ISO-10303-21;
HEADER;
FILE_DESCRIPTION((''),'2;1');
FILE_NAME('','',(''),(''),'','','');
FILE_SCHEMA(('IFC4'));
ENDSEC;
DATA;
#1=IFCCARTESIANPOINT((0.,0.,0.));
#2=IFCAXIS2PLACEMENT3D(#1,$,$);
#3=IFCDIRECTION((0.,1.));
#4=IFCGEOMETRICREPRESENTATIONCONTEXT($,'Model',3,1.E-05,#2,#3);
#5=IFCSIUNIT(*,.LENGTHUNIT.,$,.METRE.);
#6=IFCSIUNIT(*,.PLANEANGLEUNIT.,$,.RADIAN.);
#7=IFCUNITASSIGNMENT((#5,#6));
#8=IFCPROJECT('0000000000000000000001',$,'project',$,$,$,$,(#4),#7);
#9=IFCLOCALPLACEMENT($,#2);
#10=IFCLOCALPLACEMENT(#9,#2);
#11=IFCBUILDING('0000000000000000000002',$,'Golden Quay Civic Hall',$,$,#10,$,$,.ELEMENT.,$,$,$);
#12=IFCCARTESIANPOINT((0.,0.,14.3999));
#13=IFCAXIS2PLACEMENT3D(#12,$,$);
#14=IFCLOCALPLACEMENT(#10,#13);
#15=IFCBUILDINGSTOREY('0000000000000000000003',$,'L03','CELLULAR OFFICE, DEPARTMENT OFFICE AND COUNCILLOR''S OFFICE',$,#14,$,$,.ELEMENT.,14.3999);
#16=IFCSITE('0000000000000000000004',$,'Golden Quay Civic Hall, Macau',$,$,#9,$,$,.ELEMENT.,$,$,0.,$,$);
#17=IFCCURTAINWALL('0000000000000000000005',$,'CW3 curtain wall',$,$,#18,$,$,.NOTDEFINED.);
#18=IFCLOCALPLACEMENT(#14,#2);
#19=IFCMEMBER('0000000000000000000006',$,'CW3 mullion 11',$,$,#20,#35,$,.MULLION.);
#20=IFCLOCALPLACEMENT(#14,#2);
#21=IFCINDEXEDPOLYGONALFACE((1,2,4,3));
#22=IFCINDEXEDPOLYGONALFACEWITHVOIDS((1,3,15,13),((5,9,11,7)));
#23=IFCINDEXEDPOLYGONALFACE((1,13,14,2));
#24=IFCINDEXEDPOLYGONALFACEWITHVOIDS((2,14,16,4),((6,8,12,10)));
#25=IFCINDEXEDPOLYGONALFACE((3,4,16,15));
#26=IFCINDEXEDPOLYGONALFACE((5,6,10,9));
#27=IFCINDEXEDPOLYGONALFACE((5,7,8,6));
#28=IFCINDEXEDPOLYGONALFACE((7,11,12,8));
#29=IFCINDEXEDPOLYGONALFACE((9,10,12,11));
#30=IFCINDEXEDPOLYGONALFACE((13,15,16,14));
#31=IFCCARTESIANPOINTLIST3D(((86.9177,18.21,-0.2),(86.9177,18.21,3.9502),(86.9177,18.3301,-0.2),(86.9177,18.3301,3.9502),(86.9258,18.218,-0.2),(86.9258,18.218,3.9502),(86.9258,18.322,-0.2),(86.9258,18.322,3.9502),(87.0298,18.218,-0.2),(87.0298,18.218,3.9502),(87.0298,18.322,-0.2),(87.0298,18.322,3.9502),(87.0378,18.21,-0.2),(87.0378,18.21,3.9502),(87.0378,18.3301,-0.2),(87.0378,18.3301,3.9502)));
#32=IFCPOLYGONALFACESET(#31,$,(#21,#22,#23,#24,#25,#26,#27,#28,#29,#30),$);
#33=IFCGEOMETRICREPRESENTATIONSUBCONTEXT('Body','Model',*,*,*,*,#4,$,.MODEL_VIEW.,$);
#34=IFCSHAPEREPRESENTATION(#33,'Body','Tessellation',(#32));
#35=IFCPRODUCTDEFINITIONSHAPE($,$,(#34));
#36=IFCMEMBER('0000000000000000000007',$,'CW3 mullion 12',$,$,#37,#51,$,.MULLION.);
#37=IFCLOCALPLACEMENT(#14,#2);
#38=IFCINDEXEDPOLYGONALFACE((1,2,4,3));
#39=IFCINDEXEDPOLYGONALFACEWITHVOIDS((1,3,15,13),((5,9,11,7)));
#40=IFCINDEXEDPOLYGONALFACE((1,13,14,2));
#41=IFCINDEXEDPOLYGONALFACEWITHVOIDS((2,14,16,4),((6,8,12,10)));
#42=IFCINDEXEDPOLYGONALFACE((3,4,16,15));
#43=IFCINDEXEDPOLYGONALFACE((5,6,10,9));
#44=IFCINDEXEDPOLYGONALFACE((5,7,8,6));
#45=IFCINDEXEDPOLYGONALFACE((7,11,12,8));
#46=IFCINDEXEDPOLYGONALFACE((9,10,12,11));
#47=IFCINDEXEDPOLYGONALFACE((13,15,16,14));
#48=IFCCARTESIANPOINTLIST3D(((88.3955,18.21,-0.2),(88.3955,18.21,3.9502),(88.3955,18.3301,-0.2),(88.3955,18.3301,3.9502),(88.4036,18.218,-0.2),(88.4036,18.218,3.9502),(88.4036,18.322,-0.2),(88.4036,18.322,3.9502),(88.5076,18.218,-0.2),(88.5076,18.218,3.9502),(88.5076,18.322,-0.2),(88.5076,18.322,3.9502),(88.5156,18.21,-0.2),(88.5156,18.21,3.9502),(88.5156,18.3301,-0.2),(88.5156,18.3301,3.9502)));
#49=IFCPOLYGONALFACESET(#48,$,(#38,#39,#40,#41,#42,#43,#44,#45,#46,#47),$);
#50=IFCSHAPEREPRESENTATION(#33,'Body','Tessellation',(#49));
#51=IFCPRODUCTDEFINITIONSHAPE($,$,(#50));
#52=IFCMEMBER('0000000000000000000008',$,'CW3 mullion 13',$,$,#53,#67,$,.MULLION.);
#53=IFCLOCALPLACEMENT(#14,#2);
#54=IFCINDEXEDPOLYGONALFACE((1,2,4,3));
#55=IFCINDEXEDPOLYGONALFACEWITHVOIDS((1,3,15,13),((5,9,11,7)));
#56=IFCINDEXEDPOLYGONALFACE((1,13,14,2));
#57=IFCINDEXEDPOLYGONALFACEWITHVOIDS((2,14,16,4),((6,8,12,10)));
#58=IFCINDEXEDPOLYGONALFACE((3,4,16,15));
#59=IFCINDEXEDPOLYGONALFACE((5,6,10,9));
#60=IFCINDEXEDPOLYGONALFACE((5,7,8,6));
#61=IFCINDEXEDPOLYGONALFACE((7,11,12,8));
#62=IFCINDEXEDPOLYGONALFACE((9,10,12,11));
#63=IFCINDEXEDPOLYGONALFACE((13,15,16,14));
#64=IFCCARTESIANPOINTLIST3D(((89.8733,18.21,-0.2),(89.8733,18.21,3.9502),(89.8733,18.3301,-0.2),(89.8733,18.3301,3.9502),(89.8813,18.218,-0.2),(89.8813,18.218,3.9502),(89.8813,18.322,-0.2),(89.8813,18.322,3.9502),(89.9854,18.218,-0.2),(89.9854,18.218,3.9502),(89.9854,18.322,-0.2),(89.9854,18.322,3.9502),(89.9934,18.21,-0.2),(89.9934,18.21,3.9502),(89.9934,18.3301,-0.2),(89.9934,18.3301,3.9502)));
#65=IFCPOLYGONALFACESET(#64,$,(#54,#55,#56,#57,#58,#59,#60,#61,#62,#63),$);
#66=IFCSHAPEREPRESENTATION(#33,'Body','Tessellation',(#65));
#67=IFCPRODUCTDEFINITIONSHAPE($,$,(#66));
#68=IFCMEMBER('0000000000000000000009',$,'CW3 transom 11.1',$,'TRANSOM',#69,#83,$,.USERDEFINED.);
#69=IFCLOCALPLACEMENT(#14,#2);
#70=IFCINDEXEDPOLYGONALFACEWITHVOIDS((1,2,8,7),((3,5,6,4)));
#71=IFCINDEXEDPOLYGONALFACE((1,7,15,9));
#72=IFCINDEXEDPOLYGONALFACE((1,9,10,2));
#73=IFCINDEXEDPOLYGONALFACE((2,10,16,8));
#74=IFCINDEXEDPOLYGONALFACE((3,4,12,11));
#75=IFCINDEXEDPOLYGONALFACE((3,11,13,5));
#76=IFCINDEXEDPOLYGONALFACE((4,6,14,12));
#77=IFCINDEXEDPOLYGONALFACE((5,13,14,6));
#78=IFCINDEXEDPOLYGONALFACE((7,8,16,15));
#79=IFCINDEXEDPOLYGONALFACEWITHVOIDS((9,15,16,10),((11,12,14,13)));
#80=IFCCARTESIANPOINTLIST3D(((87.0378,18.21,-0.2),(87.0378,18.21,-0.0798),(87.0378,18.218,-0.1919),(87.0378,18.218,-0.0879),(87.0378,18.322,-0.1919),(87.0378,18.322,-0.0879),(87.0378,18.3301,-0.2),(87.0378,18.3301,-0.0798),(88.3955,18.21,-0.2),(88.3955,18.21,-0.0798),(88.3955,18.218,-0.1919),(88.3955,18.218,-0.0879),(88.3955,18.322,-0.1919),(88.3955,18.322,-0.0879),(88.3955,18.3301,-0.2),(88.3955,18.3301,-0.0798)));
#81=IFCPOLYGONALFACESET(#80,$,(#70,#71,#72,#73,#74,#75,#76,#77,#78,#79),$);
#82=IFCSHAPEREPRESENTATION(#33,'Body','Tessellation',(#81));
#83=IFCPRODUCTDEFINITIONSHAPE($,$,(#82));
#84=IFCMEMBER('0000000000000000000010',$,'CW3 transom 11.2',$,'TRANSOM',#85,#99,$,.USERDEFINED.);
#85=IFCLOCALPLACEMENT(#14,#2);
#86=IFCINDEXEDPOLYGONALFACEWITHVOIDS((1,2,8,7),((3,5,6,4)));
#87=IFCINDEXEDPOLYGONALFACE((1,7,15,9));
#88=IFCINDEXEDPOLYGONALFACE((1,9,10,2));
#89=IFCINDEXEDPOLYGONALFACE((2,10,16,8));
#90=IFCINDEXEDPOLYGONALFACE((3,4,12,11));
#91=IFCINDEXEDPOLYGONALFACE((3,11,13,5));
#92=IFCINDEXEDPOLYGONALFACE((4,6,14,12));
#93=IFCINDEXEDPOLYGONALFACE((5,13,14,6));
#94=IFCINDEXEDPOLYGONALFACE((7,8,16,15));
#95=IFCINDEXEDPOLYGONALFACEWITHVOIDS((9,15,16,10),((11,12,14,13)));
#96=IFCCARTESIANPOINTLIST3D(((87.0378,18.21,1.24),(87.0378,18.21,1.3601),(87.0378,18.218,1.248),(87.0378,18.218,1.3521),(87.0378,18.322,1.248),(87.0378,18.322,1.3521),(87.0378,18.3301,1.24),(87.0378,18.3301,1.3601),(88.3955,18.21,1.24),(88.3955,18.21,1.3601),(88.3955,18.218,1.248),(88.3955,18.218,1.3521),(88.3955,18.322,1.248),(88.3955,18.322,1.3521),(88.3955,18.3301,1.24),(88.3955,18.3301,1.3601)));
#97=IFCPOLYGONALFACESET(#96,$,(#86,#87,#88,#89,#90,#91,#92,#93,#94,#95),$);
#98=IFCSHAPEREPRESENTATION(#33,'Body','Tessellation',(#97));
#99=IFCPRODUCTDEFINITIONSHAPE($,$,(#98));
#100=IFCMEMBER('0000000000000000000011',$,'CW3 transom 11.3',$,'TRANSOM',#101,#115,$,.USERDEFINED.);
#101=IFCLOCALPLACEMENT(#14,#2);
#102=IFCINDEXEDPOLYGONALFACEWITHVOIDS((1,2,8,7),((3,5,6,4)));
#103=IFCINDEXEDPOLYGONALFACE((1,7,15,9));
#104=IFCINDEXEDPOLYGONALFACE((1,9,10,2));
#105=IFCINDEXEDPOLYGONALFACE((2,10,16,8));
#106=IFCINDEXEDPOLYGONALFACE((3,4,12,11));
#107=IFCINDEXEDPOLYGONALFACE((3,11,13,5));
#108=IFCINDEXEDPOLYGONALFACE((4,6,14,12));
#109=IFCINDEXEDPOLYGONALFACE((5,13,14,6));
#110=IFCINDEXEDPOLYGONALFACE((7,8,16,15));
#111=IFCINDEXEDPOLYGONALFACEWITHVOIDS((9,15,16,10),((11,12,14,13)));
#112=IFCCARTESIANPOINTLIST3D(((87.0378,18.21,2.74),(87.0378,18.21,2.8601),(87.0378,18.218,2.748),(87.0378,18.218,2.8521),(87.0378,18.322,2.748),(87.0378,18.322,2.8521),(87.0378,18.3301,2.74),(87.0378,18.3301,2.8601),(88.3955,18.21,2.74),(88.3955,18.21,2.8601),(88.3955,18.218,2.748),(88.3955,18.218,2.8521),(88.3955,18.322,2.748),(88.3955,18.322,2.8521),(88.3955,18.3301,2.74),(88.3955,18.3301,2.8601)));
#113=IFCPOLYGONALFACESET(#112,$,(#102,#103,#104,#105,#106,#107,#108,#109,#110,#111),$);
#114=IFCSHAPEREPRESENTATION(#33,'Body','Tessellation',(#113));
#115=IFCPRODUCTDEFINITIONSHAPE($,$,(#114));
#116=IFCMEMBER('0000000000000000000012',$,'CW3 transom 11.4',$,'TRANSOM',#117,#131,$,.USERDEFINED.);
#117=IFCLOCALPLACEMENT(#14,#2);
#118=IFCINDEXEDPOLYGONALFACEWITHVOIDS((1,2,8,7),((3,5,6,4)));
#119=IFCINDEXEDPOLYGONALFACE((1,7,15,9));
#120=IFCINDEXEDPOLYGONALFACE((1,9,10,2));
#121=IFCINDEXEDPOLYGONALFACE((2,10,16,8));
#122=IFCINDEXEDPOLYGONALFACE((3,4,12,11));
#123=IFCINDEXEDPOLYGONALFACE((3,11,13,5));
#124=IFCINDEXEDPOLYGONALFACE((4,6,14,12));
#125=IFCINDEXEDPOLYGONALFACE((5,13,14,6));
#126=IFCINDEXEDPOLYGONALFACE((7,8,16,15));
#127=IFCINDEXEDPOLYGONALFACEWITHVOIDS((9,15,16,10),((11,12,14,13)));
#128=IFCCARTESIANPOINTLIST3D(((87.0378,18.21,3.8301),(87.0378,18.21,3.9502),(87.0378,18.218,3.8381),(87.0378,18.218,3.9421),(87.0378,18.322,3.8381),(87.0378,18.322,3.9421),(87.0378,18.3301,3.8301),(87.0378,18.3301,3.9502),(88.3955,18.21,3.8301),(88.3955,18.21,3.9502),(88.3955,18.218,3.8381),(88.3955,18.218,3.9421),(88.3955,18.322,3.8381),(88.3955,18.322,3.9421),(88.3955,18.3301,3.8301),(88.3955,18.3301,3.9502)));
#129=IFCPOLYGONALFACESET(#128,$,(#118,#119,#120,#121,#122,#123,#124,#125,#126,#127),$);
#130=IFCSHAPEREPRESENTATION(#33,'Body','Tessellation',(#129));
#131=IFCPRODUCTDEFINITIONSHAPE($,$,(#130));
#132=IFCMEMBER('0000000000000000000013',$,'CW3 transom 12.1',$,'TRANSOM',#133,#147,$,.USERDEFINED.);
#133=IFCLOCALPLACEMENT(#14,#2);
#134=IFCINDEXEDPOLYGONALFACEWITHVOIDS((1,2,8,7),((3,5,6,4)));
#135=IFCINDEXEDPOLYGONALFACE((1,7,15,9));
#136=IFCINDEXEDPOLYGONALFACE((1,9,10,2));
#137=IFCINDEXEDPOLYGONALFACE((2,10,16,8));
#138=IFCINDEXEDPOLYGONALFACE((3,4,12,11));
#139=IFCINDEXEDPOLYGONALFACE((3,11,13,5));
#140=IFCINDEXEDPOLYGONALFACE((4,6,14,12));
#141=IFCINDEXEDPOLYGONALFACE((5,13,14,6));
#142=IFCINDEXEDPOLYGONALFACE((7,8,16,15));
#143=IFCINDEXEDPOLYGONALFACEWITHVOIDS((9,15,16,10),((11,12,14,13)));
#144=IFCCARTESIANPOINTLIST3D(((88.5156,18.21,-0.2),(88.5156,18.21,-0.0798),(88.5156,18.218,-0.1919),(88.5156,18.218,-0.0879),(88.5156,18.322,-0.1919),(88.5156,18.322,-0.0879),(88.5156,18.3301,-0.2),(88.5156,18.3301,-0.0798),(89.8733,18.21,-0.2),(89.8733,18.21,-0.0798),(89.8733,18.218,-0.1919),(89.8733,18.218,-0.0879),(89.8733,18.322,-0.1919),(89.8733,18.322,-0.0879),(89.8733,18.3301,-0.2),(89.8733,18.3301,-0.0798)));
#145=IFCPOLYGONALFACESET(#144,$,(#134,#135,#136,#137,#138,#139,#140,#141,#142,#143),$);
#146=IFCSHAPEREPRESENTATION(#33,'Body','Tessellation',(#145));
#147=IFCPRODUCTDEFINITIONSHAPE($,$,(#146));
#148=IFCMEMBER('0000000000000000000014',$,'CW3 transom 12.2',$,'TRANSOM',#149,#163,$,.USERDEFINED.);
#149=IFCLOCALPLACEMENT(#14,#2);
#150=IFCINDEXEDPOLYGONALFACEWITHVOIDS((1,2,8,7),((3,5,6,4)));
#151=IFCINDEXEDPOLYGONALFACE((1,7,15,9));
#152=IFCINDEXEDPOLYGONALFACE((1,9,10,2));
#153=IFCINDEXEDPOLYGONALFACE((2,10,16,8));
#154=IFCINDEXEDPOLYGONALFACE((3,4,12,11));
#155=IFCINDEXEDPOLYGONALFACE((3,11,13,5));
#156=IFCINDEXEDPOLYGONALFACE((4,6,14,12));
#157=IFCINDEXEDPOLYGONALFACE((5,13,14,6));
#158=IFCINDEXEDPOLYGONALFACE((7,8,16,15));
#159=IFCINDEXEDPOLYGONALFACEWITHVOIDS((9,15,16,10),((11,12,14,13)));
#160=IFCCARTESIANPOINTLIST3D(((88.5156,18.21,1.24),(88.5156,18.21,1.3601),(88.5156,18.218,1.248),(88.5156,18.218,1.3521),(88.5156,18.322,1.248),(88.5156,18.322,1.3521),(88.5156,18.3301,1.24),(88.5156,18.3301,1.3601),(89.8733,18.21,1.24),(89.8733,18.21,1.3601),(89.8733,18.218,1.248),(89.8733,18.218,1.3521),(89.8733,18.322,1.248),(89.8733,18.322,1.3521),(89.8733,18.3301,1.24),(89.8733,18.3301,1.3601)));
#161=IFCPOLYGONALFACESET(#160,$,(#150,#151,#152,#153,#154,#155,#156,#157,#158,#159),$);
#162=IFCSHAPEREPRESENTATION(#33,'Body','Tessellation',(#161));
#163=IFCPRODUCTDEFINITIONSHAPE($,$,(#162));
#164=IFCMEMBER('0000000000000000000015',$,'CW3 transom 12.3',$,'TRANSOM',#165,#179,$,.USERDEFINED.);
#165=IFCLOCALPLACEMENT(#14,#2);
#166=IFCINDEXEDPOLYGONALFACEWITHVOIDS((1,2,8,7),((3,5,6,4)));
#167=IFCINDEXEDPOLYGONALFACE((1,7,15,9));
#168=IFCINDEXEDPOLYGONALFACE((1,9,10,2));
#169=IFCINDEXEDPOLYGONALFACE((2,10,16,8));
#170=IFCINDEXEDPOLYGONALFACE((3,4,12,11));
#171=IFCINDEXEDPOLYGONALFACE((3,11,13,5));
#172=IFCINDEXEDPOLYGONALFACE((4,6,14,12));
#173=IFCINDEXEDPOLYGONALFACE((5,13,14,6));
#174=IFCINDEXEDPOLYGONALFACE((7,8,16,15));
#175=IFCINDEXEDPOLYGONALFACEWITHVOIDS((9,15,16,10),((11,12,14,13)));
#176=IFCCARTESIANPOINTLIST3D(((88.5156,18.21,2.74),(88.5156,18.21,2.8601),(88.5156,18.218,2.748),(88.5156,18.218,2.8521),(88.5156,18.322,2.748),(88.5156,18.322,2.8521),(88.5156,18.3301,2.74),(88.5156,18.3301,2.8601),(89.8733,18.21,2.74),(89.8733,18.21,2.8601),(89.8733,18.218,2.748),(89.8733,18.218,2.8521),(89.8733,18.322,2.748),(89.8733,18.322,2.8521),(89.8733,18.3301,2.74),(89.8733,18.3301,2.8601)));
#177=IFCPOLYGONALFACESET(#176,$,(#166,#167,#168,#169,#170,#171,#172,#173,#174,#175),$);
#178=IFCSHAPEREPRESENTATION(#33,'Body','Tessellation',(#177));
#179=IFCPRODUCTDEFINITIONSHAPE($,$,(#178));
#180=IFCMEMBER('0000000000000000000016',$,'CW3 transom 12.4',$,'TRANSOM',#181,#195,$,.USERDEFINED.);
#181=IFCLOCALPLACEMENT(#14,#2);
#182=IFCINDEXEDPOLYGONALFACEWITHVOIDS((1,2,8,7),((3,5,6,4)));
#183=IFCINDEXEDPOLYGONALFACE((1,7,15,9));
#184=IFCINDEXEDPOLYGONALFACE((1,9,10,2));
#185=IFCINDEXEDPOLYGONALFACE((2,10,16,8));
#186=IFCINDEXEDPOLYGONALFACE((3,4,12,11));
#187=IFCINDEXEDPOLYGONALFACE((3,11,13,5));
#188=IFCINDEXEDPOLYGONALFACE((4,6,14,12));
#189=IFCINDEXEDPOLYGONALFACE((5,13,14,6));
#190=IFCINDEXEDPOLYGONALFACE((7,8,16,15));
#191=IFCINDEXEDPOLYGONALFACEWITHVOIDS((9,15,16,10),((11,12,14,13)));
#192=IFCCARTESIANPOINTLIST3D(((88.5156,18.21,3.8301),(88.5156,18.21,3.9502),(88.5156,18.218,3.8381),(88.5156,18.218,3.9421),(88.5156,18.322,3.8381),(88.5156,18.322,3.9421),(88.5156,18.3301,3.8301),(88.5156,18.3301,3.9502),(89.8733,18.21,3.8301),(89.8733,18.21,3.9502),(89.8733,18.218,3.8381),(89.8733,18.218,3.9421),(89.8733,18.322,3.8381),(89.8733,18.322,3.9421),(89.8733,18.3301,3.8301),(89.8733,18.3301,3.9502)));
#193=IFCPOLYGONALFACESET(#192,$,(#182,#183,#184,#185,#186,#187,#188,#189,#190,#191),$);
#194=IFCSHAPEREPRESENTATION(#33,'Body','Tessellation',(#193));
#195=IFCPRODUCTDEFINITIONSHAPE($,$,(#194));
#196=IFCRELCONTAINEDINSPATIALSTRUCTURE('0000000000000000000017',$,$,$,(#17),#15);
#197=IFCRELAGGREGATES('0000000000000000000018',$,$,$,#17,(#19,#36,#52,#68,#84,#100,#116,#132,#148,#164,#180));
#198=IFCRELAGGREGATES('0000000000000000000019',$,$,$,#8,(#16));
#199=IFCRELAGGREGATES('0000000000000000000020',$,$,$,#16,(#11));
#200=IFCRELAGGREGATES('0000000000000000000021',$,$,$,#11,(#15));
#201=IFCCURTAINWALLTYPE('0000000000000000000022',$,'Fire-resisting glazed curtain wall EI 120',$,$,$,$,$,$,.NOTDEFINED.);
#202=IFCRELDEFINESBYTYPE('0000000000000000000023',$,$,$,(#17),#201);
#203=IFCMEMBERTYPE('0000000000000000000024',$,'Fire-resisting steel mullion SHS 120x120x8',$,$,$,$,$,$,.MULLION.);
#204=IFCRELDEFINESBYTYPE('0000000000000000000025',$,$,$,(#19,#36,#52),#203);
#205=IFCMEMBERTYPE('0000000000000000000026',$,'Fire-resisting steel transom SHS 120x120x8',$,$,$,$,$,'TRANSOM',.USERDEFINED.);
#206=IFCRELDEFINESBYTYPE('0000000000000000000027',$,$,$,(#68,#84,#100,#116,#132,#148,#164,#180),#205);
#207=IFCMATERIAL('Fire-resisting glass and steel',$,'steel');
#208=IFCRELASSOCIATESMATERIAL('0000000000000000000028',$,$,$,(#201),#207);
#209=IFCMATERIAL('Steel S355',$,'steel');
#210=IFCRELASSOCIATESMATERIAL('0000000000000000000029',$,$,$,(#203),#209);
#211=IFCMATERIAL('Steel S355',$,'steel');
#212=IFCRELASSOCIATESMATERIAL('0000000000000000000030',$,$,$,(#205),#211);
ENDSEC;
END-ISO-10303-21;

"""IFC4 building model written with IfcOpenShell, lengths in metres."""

from ifc_helpers import new_model, si_unit, direction, frame, origin, origin_2d, place, context, subcontext, project, spatial, hollow_rectangle, extrude, material, material_profile, profile_set, type_object, element, aggregate, save


model = new_model("IFC4")

# Units and contexts
model_context = context("Model", 3, precision=1e-05, world=origin(), true_north=direction((0.0, 1.0)))
body_context = subcontext(model_context, "Body", "Model", "MODEL_VIEW")
ifc_project = project(units=[si_unit("LENGTHUNIT", "METRE"), si_unit("PLANEANGLEUNIT", "RADIAN")], contexts=[model_context])

# Site, building, storey
site_placement = place(None, origin())
site = spatial("IfcSite", under=ifc_project, at=site_placement, Name="Golden Quay Civic Hall, Macau", CompositionType="ELEMENT", RefElevation=0.0)
building_placement = place(site_placement, origin())
building = spatial("IfcBuilding", under=site, at=building_placement, Name="Golden Quay Civic Hall", CompositionType="ELEMENT")
storey_placement = place(building_placement, frame((0.0, 0.0, 14.3999)))
storey = spatial("IfcBuildingStorey", under=building, at=storey_placement, Name="L03", Description="CELLULAR OFFICE, DEPARTMENT OFFICE AND COUNCILLOR'S OFFICE", CompositionType="ELEMENT", Elevation=14.3999)

# Curtain wall, members
ifc_material_1 = material(Name="Fire-resisting glass and steel", Category="steel")
curtain_wall_type = type_object("IfcCurtainWallType", Name="Fire-resisting glazed curtain wall EI 120", PredefinedType="NOTDEFINED", material=ifc_material_1)
curtain_wall_placement = place(storey_placement, origin())
curtain_wall = element("IfcCurtainWall", 1, at=curtain_wall_placement, inside=storey, type_object=curtain_wall_type, Name="CW3 curtain wall", PredefinedType="NOTDEFINED")
ifc_material_2 = material(Name="Steel S355", Category="steel")
ifc_material_profile_1 = material_profile(ifc_material_2, hollow_rectangle(XDim=0.1201, YDim=0.1201, WallThickness=0.0081, at=origin_2d()), Name="SHS 120x120x8")
ifc_profile_set_1 = profile_set([ifc_material_profile_1], Name="Steel S355")
member_type_1 = type_object("IfcMemberType", Name="Fire-resisting steel mullion SHS 120x120x8", PredefinedType="MULLION", material=ifc_profile_set_1)
member_1_placement = place(storey_placement, frame((86.9778, 18.27, -0.2), z_axis=(0.0, 0.0, 1.0), x_axis=(0.0, 1.0, 0.0)))
member_1 = element("IfcMember", 2, at=member_1_placement, type_object=member_type_1, Name="CW3 mullion 11", PredefinedType="MULLION", context=body_context, shape_type="SweptSolid", body=[
    extrude(hollow_rectangle(XDim=0.1201, YDim=0.1201, WallThickness=0.0081, at=origin_2d()), origin(), (0.0, 0.0, 1.0), 4.1501),
])
member_2_placement = place(storey_placement, frame((88.4556, 18.27, -0.2), z_axis=(0.0, 0.0, 1.0), x_axis=(0.0, 1.0, 0.0)))
member_2 = element("IfcMember", 3, at=member_2_placement, type_object=member_type_1, Name="CW3 mullion 12", PredefinedType="MULLION", context=body_context, shape_type="SweptSolid", body=[
    extrude(hollow_rectangle(XDim=0.1201, YDim=0.1201, WallThickness=0.0081, at=origin_2d()), origin(), (0.0, 0.0, 1.0), 4.1501),
])
member_3_placement = place(storey_placement, frame((89.9333, 18.27, -0.2), z_axis=(0.0, 0.0, 1.0), x_axis=(0.0, 1.0, 0.0)))
member_3 = element("IfcMember", 4, at=member_3_placement, type_object=member_type_1, Name="CW3 mullion 13", PredefinedType="MULLION", context=body_context, shape_type="SweptSolid", body=[
    extrude(hollow_rectangle(XDim=0.1201, YDim=0.1201, WallThickness=0.0081, at=origin_2d()), origin(), (0.0, 0.0, 1.0), 4.1501),
])
ifc_material_3 = material(Name="Steel S355", Category="steel")
ifc_material_profile_2 = material_profile(ifc_material_3, hollow_rectangle(XDim=0.1201, YDim=0.1201, WallThickness=0.0081, at=origin_2d()), Name="SHS 120x120x8")
ifc_profile_set_2 = profile_set([ifc_material_profile_2], Name="Steel S355")
member_type_2 = type_object("IfcMemberType", Name="Fire-resisting steel transom SHS 120x120x8", ElementType="TRANSOM", PredefinedType="USERDEFINED", material=ifc_profile_set_2)
member_4_placement = place(storey_placement, frame((87.0378, 18.27, -0.1399), z_axis=(1.0, 0.0, 0.0), x_axis=(0.0, 1.0, 0.0)))
member_4 = element("IfcMember", 5, at=member_4_placement, type_object=member_type_2, Name="CW3 transom 11.1", ObjectType="TRANSOM", PredefinedType="USERDEFINED", context=body_context, shape_type="SweptSolid", body=[
    extrude(hollow_rectangle(XDim=0.1201, YDim=0.1201, WallThickness=0.0081, at=origin_2d()), origin(), (0.0, 0.0, 1.0), 1.3577),
])
member_5_placement = place(storey_placement, frame((87.0378, 18.27, 1.3), z_axis=(1.0, 0.0, 0.0), x_axis=(0.0, 1.0, 0.0)))
member_5 = element("IfcMember", 6, at=member_5_placement, type_object=member_type_2, Name="CW3 transom 11.2", ObjectType="TRANSOM", PredefinedType="USERDEFINED", context=body_context, shape_type="SweptSolid", body=[
    extrude(hollow_rectangle(XDim=0.1201, YDim=0.1201, WallThickness=0.0081, at=origin_2d()), origin(), (0.0, 0.0, 1.0), 1.3577),
])
member_6_placement = place(storey_placement, frame((87.0378, 18.27, 2.8), z_axis=(1.0, 0.0, 0.0), x_axis=(0.0, 1.0, 0.0)))
member_6 = element("IfcMember", 7, at=member_6_placement, type_object=member_type_2, Name="CW3 transom 11.3", ObjectType="TRANSOM", PredefinedType="USERDEFINED", context=body_context, shape_type="SweptSolid", body=[
    extrude(hollow_rectangle(XDim=0.1201, YDim=0.1201, WallThickness=0.0081, at=origin_2d()), origin(), (0.0, 0.0, 1.0), 1.3577),
])
member_7_placement = place(storey_placement, frame((87.0378, 18.27, 3.8901), z_axis=(1.0, 0.0, 0.0), x_axis=(0.0, 1.0, 0.0)))
member_7 = element("IfcMember", 8, at=member_7_placement, type_object=member_type_2, Name="CW3 transom 11.4", ObjectType="TRANSOM", PredefinedType="USERDEFINED", context=body_context, shape_type="SweptSolid", body=[
    extrude(hollow_rectangle(XDim=0.1201, YDim=0.1201, WallThickness=0.0081, at=origin_2d()), origin(), (0.0, 0.0, 1.0), 1.3577),
])
member_8_placement = place(storey_placement, frame((88.5156, 18.27, -0.1399), z_axis=(1.0, 0.0, 0.0), x_axis=(0.0, 1.0, 0.0)))
member_8 = element("IfcMember", 9, at=member_8_placement, type_object=member_type_2, Name="CW3 transom 12.1", ObjectType="TRANSOM", PredefinedType="USERDEFINED", context=body_context, shape_type="SweptSolid", body=[
    extrude(hollow_rectangle(XDim=0.1201, YDim=0.1201, WallThickness=0.0081, at=origin_2d()), origin(), (0.0, 0.0, 1.0), 1.3577),
])
member_9_placement = place(storey_placement, frame((88.5156, 18.27, 1.3), z_axis=(1.0, 0.0, 0.0), x_axis=(0.0, 1.0, 0.0)))
member_9 = element("IfcMember", 10, at=member_9_placement, type_object=member_type_2, Name="CW3 transom 12.2", ObjectType="TRANSOM", PredefinedType="USERDEFINED", context=body_context, shape_type="SweptSolid", body=[
    extrude(hollow_rectangle(XDim=0.1201, YDim=0.1201, WallThickness=0.0081, at=origin_2d()), origin(), (0.0, 0.0, 1.0), 1.3577),
])
member_10_placement = place(storey_placement, frame((88.5156, 18.27, 2.8), z_axis=(1.0, 0.0, 0.0), x_axis=(0.0, 1.0, 0.0)))
member_10 = element("IfcMember", 11, at=member_10_placement, type_object=member_type_2, Name="CW3 transom 12.3", ObjectType="TRANSOM", PredefinedType="USERDEFINED", context=body_context, shape_type="SweptSolid", body=[
    extrude(hollow_rectangle(XDim=0.1201, YDim=0.1201, WallThickness=0.0081, at=origin_2d()), origin(), (0.0, 0.0, 1.0), 1.3577),
])
member_11_placement = place(storey_placement, frame((88.5156, 18.27, 3.8901), z_axis=(1.0, 0.0, 0.0), x_axis=(0.0, 1.0, 0.0)))
member_11 = element("IfcMember", 12, at=member_11_placement, type_object=member_type_2, Name="CW3 transom 12.4", ObjectType="TRANSOM", PredefinedType="USERDEFINED", context=body_context, shape_type="SweptSolid", body=[
    extrude(hollow_rectangle(XDim=0.1201, YDim=0.1201, WallThickness=0.0081, at=origin_2d()), origin(), (0.0, 0.0, 1.0), 1.3577),
])
aggregate(curtain_wall, [member_1, member_2, member_3, member_4, member_5, member_6, member_7, member_8, member_9, member_10, member_11])

save(model, "model.ifc")
